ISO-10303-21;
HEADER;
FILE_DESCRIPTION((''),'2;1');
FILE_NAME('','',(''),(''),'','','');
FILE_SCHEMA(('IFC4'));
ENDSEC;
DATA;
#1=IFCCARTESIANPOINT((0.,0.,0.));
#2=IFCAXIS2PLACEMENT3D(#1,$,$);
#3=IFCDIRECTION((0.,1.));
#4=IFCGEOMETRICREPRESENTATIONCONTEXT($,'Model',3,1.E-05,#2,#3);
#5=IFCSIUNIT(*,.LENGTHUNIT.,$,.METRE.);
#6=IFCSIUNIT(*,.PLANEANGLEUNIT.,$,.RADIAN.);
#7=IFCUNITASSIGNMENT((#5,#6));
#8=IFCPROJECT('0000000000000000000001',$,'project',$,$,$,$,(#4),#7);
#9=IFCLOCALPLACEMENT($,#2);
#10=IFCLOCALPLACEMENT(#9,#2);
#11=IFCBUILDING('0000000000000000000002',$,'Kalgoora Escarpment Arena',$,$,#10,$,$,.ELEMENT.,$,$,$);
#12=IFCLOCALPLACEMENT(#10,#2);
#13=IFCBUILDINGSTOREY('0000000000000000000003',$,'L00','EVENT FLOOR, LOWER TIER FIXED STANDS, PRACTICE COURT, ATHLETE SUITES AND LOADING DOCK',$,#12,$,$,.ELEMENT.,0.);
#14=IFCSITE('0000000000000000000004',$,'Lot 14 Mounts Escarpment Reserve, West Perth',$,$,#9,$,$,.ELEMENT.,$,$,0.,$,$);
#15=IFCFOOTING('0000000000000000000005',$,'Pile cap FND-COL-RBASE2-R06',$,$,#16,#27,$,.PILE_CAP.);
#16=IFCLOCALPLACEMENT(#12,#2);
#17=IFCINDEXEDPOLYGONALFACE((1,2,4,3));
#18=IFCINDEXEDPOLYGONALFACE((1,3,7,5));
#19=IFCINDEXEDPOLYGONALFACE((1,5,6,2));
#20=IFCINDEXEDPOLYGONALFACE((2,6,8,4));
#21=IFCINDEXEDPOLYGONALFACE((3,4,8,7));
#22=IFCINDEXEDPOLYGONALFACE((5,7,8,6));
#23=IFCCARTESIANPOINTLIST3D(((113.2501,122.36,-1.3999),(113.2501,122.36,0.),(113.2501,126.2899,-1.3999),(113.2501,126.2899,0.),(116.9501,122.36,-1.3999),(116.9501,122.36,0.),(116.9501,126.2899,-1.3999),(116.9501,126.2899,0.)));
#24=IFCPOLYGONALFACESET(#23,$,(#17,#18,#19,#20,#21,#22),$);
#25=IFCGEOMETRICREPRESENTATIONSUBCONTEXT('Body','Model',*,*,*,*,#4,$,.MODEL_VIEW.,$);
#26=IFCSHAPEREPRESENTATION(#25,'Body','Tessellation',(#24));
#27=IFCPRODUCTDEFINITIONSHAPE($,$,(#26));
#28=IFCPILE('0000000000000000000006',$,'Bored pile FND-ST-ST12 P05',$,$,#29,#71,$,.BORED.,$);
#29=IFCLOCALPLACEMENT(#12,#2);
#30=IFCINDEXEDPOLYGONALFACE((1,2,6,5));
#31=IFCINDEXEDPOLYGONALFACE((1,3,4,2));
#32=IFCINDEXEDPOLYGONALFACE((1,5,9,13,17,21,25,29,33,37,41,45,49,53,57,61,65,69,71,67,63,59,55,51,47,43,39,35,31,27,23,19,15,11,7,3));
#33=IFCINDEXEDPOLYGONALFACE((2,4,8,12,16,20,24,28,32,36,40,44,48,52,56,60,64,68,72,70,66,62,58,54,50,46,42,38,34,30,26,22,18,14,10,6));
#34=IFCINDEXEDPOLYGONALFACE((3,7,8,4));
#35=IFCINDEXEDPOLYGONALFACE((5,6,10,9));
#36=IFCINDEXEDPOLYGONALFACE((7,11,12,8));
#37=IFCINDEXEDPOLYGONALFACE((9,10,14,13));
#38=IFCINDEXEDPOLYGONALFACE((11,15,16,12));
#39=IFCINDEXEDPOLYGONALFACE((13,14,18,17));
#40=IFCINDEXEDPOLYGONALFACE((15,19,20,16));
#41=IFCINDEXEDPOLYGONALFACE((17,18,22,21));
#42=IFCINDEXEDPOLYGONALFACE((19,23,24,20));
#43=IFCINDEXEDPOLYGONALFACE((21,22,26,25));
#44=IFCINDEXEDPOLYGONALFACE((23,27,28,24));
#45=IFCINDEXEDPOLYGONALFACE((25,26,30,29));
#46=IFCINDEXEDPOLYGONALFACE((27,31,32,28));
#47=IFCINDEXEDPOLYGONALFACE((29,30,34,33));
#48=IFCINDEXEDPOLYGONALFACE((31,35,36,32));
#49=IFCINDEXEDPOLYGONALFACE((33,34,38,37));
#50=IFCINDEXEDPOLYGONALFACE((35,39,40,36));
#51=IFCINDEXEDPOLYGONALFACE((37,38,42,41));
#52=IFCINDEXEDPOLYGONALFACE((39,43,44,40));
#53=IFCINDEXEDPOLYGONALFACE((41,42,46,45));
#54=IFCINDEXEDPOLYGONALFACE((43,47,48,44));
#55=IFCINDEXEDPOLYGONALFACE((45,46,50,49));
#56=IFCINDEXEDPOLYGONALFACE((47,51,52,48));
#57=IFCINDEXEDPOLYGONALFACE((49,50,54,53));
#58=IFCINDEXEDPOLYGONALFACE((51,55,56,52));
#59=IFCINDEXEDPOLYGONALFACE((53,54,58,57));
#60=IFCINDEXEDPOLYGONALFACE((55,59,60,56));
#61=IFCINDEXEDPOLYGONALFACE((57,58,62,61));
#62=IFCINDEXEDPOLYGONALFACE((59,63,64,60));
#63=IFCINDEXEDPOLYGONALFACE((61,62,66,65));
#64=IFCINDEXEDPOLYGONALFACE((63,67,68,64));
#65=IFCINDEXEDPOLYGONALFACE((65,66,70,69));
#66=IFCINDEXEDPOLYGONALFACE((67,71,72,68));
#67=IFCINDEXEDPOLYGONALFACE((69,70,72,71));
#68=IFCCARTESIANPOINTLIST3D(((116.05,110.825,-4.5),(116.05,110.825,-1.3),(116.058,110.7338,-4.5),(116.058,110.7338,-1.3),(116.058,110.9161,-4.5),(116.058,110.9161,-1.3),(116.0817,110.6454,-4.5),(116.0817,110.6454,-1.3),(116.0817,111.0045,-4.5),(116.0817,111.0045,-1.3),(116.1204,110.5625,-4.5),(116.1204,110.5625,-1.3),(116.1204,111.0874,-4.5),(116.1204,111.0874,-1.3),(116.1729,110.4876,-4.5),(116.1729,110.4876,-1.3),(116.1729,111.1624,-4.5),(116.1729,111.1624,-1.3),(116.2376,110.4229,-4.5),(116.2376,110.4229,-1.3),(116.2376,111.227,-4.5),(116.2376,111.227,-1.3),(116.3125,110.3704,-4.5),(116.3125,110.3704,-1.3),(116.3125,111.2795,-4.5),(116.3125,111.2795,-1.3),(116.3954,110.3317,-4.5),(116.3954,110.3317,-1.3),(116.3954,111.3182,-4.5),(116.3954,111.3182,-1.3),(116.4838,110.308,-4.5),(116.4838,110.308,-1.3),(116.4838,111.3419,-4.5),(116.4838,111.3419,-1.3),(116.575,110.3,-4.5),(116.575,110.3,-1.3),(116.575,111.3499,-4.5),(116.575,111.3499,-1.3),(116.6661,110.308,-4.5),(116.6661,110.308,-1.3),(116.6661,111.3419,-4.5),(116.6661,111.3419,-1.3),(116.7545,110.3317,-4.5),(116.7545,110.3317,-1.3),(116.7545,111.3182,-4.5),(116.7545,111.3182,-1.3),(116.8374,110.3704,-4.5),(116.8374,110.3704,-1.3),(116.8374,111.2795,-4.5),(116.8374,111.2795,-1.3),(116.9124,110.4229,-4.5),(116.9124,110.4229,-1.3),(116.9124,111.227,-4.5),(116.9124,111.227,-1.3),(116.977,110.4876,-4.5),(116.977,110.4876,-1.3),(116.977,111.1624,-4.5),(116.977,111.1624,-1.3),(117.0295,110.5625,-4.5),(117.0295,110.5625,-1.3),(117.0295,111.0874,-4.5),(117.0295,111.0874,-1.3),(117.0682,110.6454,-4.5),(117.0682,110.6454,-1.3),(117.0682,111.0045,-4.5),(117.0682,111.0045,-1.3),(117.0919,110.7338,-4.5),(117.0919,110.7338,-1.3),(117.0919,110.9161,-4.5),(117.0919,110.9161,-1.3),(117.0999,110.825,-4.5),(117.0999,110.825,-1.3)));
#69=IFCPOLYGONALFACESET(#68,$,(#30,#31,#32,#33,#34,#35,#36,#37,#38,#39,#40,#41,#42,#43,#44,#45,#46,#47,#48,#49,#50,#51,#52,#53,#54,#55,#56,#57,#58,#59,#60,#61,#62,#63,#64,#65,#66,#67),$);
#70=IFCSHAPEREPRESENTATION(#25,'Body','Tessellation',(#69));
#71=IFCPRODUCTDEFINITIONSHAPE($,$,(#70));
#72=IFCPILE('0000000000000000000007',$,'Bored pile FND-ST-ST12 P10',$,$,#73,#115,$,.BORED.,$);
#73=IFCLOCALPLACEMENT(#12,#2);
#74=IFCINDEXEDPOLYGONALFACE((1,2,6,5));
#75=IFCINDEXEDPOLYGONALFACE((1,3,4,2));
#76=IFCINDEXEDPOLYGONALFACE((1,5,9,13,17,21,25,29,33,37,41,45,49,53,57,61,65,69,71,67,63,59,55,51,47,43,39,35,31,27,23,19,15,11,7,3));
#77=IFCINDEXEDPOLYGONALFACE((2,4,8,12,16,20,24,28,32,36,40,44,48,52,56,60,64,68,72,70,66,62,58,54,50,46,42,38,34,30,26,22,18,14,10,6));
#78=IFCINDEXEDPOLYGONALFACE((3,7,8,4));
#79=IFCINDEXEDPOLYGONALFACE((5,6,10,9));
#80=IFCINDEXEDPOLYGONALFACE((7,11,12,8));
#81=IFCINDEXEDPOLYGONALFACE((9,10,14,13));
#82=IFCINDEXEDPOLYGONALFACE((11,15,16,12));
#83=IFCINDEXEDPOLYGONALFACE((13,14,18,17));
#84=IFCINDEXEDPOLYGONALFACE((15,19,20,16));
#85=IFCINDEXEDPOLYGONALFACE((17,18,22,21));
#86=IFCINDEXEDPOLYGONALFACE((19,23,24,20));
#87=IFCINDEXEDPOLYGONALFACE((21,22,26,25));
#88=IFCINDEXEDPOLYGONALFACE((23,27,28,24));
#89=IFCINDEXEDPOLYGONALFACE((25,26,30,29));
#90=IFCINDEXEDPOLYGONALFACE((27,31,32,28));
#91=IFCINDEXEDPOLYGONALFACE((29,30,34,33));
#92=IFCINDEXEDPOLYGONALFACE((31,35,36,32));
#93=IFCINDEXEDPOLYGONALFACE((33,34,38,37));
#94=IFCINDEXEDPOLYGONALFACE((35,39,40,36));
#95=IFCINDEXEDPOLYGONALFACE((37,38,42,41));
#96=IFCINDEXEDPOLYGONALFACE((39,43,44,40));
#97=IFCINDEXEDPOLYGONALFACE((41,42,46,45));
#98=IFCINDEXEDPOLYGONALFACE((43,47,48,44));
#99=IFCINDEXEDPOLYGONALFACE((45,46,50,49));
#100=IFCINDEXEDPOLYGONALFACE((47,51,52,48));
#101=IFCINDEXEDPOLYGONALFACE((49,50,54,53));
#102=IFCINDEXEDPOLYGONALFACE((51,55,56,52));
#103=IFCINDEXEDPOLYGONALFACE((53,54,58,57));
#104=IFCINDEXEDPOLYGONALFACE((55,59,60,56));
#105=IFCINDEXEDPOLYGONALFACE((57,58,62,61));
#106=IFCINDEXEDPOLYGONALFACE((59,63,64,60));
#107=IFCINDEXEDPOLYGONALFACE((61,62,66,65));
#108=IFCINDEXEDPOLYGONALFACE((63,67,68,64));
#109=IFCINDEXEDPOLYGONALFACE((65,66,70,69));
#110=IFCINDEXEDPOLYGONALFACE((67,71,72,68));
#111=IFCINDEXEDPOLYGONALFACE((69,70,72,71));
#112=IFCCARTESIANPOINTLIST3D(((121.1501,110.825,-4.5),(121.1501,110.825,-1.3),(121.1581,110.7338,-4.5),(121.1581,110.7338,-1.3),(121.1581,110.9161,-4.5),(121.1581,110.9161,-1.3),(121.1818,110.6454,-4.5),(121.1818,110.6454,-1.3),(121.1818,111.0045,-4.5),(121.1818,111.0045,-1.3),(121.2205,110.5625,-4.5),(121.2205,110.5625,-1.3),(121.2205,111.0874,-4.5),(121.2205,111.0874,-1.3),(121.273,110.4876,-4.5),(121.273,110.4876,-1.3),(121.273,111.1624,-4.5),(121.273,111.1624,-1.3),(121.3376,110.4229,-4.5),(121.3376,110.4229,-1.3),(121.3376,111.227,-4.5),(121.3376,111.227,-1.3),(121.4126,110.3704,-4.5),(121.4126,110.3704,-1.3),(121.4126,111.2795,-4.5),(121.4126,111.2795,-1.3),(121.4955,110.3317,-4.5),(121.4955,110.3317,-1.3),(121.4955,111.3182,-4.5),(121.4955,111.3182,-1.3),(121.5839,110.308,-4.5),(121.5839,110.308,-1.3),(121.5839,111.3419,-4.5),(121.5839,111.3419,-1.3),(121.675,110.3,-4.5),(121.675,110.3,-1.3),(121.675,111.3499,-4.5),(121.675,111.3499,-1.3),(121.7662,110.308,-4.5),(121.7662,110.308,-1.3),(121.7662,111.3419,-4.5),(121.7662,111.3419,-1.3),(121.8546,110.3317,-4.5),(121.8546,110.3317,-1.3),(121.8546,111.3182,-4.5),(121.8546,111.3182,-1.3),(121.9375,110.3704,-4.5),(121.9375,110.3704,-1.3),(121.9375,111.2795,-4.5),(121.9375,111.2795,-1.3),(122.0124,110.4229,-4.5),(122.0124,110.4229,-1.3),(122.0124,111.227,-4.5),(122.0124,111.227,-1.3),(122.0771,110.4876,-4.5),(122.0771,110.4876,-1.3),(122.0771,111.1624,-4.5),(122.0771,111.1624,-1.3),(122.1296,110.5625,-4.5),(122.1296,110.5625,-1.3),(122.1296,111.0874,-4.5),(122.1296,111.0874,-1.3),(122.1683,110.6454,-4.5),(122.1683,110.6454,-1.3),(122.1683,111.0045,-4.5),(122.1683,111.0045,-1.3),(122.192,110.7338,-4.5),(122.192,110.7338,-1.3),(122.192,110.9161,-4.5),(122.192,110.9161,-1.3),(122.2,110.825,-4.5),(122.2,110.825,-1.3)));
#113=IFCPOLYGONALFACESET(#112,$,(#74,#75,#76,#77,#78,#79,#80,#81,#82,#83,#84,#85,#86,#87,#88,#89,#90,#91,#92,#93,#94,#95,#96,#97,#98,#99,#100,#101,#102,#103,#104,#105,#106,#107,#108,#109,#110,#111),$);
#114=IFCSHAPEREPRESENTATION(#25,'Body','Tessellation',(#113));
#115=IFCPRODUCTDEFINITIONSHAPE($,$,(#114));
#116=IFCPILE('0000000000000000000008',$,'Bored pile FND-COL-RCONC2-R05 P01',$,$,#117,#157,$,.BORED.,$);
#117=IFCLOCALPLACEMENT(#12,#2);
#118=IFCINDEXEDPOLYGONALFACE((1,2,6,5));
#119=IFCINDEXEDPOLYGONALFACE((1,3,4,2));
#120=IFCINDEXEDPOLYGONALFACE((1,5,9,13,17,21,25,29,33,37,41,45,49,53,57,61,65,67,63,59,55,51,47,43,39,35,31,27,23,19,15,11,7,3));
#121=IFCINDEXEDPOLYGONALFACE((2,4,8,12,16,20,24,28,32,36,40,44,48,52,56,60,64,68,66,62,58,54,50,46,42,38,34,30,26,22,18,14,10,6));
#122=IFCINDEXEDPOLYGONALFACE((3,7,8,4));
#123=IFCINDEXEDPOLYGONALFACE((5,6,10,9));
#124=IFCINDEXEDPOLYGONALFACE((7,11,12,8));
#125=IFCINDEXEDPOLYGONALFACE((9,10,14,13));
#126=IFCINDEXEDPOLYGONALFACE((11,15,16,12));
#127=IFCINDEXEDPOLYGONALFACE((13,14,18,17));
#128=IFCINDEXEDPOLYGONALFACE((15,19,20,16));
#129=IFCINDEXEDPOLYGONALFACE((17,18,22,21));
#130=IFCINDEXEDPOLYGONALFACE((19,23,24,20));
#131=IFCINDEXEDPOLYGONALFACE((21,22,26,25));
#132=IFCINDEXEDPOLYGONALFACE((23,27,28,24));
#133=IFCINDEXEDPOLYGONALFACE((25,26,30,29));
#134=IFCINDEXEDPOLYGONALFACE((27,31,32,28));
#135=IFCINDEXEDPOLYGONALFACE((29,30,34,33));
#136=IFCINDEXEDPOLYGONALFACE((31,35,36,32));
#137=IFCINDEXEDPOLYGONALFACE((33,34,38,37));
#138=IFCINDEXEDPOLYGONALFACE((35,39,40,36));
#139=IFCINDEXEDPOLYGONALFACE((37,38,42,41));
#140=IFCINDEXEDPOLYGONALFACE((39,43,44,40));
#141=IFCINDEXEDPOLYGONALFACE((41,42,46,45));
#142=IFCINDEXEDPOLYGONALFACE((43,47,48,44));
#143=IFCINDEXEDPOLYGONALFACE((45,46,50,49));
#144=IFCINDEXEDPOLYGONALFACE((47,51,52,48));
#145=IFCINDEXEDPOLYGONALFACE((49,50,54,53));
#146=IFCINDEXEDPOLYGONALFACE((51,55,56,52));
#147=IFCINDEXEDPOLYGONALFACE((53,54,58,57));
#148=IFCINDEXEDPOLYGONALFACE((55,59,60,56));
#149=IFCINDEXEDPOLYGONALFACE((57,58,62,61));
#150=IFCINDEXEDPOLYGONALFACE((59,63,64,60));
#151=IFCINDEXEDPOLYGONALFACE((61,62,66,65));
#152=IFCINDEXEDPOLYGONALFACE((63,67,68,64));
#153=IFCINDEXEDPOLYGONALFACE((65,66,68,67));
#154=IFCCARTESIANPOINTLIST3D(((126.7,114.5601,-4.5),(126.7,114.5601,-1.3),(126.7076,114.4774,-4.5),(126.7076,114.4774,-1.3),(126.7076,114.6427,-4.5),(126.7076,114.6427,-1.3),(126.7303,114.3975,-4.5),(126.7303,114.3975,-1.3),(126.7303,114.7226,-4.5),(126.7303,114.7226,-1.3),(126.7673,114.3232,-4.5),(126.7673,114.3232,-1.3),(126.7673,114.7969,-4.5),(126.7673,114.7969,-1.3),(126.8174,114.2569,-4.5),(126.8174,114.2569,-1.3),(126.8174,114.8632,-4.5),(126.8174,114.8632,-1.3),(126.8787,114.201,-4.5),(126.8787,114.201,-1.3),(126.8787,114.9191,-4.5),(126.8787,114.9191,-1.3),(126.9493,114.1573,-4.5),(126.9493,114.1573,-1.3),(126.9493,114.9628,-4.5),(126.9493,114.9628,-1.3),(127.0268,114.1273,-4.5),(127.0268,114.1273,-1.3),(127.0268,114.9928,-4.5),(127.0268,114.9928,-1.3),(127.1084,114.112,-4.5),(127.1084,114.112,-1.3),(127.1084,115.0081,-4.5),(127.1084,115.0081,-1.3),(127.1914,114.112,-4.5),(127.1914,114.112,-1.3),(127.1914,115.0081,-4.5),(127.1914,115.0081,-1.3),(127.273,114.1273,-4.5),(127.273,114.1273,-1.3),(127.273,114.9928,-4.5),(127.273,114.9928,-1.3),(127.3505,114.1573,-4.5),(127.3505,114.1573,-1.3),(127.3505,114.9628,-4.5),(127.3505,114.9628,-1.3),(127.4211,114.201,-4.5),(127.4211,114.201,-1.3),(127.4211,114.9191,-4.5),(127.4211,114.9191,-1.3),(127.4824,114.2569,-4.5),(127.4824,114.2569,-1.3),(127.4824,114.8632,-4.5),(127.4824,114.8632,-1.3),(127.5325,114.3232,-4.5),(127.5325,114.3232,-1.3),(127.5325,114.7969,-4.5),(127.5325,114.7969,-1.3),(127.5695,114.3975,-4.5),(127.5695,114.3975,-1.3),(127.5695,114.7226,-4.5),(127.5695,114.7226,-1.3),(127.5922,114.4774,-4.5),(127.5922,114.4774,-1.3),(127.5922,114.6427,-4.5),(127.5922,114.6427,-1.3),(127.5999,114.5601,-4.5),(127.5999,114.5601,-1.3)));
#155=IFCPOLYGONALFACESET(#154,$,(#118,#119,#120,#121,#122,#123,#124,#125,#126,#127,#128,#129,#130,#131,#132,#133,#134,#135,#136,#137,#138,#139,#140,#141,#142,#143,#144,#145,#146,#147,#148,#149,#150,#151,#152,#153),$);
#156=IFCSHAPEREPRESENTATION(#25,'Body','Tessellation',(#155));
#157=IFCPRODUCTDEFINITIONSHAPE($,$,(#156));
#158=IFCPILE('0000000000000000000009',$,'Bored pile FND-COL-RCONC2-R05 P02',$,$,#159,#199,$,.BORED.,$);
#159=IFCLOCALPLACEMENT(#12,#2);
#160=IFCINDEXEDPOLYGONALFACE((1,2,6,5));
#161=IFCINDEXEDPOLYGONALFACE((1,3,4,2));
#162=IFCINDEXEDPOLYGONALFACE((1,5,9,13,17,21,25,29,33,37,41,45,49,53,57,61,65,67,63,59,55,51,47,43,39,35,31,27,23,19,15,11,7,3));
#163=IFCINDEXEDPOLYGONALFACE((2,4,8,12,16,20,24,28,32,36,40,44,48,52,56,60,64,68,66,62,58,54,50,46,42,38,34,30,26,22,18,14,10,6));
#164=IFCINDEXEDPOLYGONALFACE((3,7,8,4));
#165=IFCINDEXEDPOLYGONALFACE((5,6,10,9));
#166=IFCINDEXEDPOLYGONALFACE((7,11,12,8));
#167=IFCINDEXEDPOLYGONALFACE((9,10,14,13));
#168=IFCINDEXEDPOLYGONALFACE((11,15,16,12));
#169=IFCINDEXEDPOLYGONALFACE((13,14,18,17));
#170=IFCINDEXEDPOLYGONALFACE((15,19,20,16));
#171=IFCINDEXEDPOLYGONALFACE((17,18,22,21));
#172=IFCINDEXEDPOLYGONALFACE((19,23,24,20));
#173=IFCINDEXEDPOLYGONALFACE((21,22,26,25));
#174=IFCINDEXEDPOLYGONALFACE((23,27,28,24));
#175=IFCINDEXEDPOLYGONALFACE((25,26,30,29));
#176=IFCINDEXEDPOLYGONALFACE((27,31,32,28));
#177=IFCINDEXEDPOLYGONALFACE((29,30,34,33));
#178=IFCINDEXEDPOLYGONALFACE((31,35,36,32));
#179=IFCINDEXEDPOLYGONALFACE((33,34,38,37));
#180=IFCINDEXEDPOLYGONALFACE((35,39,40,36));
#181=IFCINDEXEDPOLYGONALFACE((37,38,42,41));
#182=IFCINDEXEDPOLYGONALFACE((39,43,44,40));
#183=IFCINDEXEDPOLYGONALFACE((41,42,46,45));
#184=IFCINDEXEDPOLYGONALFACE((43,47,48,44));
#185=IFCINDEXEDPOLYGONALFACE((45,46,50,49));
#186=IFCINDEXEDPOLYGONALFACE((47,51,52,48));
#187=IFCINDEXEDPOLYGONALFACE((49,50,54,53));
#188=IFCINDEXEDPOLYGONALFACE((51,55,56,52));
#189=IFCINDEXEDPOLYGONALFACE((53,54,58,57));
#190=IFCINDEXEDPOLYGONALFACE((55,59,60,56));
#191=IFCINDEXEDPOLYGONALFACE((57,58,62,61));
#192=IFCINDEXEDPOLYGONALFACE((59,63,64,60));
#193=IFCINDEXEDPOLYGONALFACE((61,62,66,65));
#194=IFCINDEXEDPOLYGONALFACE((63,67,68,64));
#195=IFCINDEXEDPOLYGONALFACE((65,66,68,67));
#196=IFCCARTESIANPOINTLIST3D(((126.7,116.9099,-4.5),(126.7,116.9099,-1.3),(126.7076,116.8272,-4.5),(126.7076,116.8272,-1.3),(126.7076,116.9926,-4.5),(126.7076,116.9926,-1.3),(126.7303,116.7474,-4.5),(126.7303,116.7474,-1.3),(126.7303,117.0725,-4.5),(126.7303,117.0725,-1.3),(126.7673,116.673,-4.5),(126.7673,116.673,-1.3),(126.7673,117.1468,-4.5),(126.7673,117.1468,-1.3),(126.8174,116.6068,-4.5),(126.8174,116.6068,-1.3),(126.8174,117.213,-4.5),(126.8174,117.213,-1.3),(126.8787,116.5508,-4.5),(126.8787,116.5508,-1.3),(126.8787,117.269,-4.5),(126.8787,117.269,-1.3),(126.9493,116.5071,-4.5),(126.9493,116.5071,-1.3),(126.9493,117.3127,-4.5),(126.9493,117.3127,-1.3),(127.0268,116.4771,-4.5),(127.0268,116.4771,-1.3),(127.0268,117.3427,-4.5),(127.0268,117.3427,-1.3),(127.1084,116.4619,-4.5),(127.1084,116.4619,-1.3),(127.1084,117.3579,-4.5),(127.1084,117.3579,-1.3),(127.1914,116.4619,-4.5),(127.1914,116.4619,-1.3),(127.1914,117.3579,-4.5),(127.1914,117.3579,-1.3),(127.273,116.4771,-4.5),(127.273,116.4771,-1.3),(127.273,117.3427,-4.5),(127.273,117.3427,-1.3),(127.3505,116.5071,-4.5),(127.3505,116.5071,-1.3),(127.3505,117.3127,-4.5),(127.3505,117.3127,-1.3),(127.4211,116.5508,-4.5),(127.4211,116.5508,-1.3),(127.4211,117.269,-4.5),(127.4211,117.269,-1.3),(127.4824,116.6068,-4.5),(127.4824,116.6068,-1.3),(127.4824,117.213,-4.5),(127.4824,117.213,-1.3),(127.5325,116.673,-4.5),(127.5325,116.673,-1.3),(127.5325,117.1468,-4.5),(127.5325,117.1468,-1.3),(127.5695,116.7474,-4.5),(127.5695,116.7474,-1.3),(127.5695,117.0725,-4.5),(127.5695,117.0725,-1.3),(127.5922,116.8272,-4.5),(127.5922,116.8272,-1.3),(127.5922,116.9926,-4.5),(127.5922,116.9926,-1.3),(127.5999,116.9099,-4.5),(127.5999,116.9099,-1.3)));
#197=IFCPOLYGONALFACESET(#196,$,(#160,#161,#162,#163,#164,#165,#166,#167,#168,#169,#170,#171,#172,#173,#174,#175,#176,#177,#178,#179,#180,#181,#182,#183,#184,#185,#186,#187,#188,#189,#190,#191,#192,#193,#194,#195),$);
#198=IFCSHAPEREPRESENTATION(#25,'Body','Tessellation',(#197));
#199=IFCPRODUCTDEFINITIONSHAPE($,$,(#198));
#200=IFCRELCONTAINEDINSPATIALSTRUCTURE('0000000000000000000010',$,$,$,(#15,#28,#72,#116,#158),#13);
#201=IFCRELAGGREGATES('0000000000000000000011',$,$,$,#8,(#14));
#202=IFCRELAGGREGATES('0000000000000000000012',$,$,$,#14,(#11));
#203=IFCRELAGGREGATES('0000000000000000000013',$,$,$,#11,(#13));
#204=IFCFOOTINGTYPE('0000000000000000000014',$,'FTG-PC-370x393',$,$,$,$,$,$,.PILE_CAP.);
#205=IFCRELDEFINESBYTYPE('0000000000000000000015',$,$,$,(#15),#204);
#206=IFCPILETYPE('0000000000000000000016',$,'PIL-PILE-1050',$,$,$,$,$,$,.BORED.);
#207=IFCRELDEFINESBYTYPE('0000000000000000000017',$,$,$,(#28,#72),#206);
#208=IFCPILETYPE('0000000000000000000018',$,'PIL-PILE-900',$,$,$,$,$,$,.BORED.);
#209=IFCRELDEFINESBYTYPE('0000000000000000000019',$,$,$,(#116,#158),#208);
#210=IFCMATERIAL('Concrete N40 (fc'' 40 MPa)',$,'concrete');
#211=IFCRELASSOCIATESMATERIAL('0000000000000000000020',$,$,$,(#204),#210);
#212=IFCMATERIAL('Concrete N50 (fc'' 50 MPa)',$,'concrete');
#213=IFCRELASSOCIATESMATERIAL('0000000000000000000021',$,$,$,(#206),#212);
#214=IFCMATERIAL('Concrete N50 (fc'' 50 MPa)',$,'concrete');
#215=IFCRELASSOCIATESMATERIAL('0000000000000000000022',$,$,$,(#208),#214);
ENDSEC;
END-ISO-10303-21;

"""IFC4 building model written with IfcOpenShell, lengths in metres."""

from ifc_helpers import new_model, si_unit, direction, frame, origin, origin_2d, place, context, subcontext, project, spatial, rectangle, circle, extrude, material, material_profile, profile_set, type_object, element, save


model = new_model("IFC4")

# Units and contexts
model_context = context("Model", 3, precision=1e-05, world=origin(), true_north=direction((0.0, 1.0)))
body_context = subcontext(model_context, "Body", "Model", "MODEL_VIEW")
ifc_project = project(units=[si_unit("LENGTHUNIT", "METRE"), si_unit("PLANEANGLEUNIT", "RADIAN")], contexts=[model_context])

# Site, building, storey
site_placement = place(None, origin())
site = spatial("IfcSite", under=ifc_project, at=site_placement, Name="Lot 14 Mounts Escarpment Reserve, West Perth", CompositionType="ELEMENT", RefElevation=0.0)
building_placement = place(site_placement, origin())
building = spatial("IfcBuilding", under=site, at=building_placement, Name="Kalgoora Escarpment Arena", CompositionType="ELEMENT")
storey_placement = place(building_placement, origin())
storey = spatial("IfcBuildingStorey", under=building, at=storey_placement, Name="L00", Description="EVENT FLOOR, LOWER TIER FIXED STANDS, PRACTICE COURT, ATHLETE SUITES AND LOADING DOCK", CompositionType="ELEMENT", Elevation=0.0)

# Footing
ifc_material_1 = material(Name="Concrete N40 (fc' 40 MPa)", Category="concrete")
footing_type = type_object("IfcFootingType", Name="FTG-PC-370x393", PredefinedType="PILE_CAP", material=ifc_material_1)
footing_placement = place(storey_placement, frame((115.1001, 124.325, -1.3999), z_axis=(0.0, 0.0, 1.0), x_axis=(1.0, 0.0, 0.0)))
element("IfcFooting", 1, at=footing_placement, inside=storey, type_object=footing_type, Name="Pile cap FND-COL-RBASE2-R06", PredefinedType="PILE_CAP", context=body_context, shape_type="SweptSolid", body=[
    extrude(rectangle(XDim=3.7, YDim=3.9299, at=origin_2d()), origin(), (0.0, 0.0, 1.0), 1.3999),
])

# Piles
ifc_material_2 = material(Name="Concrete N50 (fc' 50 MPa)", Category="concrete")
ifc_material_profile_1 = material_profile(ifc_material_2, circle(Radius=0.5249, at=origin_2d()))
ifc_profile_set_1 = profile_set([ifc_material_profile_1], Name="Concrete N50 (fc' 50 MPa)")
pile_type_1 = type_object("IfcPileType", Name="PIL-PILE-1050", PredefinedType="BORED", material=ifc_profile_set_1)
for number, where, z_axis, x_axis, name in (
    (2, (116.575, 110.825, -1.3), (0.0, 0.0, -1.0), (1.0, 0.0, 0.0), "Bored pile FND-ST-ST12 P05"),
    (3, (121.675, 110.825, -1.3), (0.0, 0.0, -1.0), (1.0, 0.0, 0.0), "Bored pile FND-ST-ST12 P10"),
):
    element("IfcPile", number, at=place(storey_placement, frame(where, z_axis=z_axis, x_axis=x_axis)), inside=storey, type_object=pile_type_1, Name=name, PredefinedType="BORED", context=body_context, shape_type="SweptSolid", body=[
        extrude(circle(Radius=0.5249, at=origin_2d()), origin(), (0.0, 0.0, 1.0), 3.2),
    ])
ifc_material_3 = material(Name="Concrete N50 (fc' 50 MPa)", Category="concrete")
ifc_material_profile_2 = material_profile(ifc_material_3, circle(Radius=0.45, at=origin_2d()))
ifc_profile_set_2 = profile_set([ifc_material_profile_2], Name="Concrete N50 (fc' 50 MPa)")
pile_type_2 = type_object("IfcPileType", Name="PIL-PILE-900", PredefinedType="BORED", material=ifc_profile_set_2)
for number, where, z_axis, x_axis, name in (
    (4, (127.1499, 114.5601, -1.3), (0.0, 0.0, -1.0), (1.0, 0.0, 0.0), "Bored pile FND-COL-RCONC2-R05 P01"),
    (5, (127.1499, 116.9099, -1.3), (0.0, 0.0, -1.0), (1.0, 0.0, 0.0), "Bored pile FND-COL-RCONC2-R05 P02"),
):
    element("IfcPile", number, at=place(storey_placement, frame(where, z_axis=z_axis, x_axis=x_axis)), inside=storey, type_object=pile_type_2, Name=name, PredefinedType="BORED", context=body_context, shape_type="SweptSolid", body=[
        extrude(circle(Radius=0.45, at=origin_2d()), origin(), (0.0, 0.0, 1.0), 3.2),
    ])

save(model, "model.ifc")
